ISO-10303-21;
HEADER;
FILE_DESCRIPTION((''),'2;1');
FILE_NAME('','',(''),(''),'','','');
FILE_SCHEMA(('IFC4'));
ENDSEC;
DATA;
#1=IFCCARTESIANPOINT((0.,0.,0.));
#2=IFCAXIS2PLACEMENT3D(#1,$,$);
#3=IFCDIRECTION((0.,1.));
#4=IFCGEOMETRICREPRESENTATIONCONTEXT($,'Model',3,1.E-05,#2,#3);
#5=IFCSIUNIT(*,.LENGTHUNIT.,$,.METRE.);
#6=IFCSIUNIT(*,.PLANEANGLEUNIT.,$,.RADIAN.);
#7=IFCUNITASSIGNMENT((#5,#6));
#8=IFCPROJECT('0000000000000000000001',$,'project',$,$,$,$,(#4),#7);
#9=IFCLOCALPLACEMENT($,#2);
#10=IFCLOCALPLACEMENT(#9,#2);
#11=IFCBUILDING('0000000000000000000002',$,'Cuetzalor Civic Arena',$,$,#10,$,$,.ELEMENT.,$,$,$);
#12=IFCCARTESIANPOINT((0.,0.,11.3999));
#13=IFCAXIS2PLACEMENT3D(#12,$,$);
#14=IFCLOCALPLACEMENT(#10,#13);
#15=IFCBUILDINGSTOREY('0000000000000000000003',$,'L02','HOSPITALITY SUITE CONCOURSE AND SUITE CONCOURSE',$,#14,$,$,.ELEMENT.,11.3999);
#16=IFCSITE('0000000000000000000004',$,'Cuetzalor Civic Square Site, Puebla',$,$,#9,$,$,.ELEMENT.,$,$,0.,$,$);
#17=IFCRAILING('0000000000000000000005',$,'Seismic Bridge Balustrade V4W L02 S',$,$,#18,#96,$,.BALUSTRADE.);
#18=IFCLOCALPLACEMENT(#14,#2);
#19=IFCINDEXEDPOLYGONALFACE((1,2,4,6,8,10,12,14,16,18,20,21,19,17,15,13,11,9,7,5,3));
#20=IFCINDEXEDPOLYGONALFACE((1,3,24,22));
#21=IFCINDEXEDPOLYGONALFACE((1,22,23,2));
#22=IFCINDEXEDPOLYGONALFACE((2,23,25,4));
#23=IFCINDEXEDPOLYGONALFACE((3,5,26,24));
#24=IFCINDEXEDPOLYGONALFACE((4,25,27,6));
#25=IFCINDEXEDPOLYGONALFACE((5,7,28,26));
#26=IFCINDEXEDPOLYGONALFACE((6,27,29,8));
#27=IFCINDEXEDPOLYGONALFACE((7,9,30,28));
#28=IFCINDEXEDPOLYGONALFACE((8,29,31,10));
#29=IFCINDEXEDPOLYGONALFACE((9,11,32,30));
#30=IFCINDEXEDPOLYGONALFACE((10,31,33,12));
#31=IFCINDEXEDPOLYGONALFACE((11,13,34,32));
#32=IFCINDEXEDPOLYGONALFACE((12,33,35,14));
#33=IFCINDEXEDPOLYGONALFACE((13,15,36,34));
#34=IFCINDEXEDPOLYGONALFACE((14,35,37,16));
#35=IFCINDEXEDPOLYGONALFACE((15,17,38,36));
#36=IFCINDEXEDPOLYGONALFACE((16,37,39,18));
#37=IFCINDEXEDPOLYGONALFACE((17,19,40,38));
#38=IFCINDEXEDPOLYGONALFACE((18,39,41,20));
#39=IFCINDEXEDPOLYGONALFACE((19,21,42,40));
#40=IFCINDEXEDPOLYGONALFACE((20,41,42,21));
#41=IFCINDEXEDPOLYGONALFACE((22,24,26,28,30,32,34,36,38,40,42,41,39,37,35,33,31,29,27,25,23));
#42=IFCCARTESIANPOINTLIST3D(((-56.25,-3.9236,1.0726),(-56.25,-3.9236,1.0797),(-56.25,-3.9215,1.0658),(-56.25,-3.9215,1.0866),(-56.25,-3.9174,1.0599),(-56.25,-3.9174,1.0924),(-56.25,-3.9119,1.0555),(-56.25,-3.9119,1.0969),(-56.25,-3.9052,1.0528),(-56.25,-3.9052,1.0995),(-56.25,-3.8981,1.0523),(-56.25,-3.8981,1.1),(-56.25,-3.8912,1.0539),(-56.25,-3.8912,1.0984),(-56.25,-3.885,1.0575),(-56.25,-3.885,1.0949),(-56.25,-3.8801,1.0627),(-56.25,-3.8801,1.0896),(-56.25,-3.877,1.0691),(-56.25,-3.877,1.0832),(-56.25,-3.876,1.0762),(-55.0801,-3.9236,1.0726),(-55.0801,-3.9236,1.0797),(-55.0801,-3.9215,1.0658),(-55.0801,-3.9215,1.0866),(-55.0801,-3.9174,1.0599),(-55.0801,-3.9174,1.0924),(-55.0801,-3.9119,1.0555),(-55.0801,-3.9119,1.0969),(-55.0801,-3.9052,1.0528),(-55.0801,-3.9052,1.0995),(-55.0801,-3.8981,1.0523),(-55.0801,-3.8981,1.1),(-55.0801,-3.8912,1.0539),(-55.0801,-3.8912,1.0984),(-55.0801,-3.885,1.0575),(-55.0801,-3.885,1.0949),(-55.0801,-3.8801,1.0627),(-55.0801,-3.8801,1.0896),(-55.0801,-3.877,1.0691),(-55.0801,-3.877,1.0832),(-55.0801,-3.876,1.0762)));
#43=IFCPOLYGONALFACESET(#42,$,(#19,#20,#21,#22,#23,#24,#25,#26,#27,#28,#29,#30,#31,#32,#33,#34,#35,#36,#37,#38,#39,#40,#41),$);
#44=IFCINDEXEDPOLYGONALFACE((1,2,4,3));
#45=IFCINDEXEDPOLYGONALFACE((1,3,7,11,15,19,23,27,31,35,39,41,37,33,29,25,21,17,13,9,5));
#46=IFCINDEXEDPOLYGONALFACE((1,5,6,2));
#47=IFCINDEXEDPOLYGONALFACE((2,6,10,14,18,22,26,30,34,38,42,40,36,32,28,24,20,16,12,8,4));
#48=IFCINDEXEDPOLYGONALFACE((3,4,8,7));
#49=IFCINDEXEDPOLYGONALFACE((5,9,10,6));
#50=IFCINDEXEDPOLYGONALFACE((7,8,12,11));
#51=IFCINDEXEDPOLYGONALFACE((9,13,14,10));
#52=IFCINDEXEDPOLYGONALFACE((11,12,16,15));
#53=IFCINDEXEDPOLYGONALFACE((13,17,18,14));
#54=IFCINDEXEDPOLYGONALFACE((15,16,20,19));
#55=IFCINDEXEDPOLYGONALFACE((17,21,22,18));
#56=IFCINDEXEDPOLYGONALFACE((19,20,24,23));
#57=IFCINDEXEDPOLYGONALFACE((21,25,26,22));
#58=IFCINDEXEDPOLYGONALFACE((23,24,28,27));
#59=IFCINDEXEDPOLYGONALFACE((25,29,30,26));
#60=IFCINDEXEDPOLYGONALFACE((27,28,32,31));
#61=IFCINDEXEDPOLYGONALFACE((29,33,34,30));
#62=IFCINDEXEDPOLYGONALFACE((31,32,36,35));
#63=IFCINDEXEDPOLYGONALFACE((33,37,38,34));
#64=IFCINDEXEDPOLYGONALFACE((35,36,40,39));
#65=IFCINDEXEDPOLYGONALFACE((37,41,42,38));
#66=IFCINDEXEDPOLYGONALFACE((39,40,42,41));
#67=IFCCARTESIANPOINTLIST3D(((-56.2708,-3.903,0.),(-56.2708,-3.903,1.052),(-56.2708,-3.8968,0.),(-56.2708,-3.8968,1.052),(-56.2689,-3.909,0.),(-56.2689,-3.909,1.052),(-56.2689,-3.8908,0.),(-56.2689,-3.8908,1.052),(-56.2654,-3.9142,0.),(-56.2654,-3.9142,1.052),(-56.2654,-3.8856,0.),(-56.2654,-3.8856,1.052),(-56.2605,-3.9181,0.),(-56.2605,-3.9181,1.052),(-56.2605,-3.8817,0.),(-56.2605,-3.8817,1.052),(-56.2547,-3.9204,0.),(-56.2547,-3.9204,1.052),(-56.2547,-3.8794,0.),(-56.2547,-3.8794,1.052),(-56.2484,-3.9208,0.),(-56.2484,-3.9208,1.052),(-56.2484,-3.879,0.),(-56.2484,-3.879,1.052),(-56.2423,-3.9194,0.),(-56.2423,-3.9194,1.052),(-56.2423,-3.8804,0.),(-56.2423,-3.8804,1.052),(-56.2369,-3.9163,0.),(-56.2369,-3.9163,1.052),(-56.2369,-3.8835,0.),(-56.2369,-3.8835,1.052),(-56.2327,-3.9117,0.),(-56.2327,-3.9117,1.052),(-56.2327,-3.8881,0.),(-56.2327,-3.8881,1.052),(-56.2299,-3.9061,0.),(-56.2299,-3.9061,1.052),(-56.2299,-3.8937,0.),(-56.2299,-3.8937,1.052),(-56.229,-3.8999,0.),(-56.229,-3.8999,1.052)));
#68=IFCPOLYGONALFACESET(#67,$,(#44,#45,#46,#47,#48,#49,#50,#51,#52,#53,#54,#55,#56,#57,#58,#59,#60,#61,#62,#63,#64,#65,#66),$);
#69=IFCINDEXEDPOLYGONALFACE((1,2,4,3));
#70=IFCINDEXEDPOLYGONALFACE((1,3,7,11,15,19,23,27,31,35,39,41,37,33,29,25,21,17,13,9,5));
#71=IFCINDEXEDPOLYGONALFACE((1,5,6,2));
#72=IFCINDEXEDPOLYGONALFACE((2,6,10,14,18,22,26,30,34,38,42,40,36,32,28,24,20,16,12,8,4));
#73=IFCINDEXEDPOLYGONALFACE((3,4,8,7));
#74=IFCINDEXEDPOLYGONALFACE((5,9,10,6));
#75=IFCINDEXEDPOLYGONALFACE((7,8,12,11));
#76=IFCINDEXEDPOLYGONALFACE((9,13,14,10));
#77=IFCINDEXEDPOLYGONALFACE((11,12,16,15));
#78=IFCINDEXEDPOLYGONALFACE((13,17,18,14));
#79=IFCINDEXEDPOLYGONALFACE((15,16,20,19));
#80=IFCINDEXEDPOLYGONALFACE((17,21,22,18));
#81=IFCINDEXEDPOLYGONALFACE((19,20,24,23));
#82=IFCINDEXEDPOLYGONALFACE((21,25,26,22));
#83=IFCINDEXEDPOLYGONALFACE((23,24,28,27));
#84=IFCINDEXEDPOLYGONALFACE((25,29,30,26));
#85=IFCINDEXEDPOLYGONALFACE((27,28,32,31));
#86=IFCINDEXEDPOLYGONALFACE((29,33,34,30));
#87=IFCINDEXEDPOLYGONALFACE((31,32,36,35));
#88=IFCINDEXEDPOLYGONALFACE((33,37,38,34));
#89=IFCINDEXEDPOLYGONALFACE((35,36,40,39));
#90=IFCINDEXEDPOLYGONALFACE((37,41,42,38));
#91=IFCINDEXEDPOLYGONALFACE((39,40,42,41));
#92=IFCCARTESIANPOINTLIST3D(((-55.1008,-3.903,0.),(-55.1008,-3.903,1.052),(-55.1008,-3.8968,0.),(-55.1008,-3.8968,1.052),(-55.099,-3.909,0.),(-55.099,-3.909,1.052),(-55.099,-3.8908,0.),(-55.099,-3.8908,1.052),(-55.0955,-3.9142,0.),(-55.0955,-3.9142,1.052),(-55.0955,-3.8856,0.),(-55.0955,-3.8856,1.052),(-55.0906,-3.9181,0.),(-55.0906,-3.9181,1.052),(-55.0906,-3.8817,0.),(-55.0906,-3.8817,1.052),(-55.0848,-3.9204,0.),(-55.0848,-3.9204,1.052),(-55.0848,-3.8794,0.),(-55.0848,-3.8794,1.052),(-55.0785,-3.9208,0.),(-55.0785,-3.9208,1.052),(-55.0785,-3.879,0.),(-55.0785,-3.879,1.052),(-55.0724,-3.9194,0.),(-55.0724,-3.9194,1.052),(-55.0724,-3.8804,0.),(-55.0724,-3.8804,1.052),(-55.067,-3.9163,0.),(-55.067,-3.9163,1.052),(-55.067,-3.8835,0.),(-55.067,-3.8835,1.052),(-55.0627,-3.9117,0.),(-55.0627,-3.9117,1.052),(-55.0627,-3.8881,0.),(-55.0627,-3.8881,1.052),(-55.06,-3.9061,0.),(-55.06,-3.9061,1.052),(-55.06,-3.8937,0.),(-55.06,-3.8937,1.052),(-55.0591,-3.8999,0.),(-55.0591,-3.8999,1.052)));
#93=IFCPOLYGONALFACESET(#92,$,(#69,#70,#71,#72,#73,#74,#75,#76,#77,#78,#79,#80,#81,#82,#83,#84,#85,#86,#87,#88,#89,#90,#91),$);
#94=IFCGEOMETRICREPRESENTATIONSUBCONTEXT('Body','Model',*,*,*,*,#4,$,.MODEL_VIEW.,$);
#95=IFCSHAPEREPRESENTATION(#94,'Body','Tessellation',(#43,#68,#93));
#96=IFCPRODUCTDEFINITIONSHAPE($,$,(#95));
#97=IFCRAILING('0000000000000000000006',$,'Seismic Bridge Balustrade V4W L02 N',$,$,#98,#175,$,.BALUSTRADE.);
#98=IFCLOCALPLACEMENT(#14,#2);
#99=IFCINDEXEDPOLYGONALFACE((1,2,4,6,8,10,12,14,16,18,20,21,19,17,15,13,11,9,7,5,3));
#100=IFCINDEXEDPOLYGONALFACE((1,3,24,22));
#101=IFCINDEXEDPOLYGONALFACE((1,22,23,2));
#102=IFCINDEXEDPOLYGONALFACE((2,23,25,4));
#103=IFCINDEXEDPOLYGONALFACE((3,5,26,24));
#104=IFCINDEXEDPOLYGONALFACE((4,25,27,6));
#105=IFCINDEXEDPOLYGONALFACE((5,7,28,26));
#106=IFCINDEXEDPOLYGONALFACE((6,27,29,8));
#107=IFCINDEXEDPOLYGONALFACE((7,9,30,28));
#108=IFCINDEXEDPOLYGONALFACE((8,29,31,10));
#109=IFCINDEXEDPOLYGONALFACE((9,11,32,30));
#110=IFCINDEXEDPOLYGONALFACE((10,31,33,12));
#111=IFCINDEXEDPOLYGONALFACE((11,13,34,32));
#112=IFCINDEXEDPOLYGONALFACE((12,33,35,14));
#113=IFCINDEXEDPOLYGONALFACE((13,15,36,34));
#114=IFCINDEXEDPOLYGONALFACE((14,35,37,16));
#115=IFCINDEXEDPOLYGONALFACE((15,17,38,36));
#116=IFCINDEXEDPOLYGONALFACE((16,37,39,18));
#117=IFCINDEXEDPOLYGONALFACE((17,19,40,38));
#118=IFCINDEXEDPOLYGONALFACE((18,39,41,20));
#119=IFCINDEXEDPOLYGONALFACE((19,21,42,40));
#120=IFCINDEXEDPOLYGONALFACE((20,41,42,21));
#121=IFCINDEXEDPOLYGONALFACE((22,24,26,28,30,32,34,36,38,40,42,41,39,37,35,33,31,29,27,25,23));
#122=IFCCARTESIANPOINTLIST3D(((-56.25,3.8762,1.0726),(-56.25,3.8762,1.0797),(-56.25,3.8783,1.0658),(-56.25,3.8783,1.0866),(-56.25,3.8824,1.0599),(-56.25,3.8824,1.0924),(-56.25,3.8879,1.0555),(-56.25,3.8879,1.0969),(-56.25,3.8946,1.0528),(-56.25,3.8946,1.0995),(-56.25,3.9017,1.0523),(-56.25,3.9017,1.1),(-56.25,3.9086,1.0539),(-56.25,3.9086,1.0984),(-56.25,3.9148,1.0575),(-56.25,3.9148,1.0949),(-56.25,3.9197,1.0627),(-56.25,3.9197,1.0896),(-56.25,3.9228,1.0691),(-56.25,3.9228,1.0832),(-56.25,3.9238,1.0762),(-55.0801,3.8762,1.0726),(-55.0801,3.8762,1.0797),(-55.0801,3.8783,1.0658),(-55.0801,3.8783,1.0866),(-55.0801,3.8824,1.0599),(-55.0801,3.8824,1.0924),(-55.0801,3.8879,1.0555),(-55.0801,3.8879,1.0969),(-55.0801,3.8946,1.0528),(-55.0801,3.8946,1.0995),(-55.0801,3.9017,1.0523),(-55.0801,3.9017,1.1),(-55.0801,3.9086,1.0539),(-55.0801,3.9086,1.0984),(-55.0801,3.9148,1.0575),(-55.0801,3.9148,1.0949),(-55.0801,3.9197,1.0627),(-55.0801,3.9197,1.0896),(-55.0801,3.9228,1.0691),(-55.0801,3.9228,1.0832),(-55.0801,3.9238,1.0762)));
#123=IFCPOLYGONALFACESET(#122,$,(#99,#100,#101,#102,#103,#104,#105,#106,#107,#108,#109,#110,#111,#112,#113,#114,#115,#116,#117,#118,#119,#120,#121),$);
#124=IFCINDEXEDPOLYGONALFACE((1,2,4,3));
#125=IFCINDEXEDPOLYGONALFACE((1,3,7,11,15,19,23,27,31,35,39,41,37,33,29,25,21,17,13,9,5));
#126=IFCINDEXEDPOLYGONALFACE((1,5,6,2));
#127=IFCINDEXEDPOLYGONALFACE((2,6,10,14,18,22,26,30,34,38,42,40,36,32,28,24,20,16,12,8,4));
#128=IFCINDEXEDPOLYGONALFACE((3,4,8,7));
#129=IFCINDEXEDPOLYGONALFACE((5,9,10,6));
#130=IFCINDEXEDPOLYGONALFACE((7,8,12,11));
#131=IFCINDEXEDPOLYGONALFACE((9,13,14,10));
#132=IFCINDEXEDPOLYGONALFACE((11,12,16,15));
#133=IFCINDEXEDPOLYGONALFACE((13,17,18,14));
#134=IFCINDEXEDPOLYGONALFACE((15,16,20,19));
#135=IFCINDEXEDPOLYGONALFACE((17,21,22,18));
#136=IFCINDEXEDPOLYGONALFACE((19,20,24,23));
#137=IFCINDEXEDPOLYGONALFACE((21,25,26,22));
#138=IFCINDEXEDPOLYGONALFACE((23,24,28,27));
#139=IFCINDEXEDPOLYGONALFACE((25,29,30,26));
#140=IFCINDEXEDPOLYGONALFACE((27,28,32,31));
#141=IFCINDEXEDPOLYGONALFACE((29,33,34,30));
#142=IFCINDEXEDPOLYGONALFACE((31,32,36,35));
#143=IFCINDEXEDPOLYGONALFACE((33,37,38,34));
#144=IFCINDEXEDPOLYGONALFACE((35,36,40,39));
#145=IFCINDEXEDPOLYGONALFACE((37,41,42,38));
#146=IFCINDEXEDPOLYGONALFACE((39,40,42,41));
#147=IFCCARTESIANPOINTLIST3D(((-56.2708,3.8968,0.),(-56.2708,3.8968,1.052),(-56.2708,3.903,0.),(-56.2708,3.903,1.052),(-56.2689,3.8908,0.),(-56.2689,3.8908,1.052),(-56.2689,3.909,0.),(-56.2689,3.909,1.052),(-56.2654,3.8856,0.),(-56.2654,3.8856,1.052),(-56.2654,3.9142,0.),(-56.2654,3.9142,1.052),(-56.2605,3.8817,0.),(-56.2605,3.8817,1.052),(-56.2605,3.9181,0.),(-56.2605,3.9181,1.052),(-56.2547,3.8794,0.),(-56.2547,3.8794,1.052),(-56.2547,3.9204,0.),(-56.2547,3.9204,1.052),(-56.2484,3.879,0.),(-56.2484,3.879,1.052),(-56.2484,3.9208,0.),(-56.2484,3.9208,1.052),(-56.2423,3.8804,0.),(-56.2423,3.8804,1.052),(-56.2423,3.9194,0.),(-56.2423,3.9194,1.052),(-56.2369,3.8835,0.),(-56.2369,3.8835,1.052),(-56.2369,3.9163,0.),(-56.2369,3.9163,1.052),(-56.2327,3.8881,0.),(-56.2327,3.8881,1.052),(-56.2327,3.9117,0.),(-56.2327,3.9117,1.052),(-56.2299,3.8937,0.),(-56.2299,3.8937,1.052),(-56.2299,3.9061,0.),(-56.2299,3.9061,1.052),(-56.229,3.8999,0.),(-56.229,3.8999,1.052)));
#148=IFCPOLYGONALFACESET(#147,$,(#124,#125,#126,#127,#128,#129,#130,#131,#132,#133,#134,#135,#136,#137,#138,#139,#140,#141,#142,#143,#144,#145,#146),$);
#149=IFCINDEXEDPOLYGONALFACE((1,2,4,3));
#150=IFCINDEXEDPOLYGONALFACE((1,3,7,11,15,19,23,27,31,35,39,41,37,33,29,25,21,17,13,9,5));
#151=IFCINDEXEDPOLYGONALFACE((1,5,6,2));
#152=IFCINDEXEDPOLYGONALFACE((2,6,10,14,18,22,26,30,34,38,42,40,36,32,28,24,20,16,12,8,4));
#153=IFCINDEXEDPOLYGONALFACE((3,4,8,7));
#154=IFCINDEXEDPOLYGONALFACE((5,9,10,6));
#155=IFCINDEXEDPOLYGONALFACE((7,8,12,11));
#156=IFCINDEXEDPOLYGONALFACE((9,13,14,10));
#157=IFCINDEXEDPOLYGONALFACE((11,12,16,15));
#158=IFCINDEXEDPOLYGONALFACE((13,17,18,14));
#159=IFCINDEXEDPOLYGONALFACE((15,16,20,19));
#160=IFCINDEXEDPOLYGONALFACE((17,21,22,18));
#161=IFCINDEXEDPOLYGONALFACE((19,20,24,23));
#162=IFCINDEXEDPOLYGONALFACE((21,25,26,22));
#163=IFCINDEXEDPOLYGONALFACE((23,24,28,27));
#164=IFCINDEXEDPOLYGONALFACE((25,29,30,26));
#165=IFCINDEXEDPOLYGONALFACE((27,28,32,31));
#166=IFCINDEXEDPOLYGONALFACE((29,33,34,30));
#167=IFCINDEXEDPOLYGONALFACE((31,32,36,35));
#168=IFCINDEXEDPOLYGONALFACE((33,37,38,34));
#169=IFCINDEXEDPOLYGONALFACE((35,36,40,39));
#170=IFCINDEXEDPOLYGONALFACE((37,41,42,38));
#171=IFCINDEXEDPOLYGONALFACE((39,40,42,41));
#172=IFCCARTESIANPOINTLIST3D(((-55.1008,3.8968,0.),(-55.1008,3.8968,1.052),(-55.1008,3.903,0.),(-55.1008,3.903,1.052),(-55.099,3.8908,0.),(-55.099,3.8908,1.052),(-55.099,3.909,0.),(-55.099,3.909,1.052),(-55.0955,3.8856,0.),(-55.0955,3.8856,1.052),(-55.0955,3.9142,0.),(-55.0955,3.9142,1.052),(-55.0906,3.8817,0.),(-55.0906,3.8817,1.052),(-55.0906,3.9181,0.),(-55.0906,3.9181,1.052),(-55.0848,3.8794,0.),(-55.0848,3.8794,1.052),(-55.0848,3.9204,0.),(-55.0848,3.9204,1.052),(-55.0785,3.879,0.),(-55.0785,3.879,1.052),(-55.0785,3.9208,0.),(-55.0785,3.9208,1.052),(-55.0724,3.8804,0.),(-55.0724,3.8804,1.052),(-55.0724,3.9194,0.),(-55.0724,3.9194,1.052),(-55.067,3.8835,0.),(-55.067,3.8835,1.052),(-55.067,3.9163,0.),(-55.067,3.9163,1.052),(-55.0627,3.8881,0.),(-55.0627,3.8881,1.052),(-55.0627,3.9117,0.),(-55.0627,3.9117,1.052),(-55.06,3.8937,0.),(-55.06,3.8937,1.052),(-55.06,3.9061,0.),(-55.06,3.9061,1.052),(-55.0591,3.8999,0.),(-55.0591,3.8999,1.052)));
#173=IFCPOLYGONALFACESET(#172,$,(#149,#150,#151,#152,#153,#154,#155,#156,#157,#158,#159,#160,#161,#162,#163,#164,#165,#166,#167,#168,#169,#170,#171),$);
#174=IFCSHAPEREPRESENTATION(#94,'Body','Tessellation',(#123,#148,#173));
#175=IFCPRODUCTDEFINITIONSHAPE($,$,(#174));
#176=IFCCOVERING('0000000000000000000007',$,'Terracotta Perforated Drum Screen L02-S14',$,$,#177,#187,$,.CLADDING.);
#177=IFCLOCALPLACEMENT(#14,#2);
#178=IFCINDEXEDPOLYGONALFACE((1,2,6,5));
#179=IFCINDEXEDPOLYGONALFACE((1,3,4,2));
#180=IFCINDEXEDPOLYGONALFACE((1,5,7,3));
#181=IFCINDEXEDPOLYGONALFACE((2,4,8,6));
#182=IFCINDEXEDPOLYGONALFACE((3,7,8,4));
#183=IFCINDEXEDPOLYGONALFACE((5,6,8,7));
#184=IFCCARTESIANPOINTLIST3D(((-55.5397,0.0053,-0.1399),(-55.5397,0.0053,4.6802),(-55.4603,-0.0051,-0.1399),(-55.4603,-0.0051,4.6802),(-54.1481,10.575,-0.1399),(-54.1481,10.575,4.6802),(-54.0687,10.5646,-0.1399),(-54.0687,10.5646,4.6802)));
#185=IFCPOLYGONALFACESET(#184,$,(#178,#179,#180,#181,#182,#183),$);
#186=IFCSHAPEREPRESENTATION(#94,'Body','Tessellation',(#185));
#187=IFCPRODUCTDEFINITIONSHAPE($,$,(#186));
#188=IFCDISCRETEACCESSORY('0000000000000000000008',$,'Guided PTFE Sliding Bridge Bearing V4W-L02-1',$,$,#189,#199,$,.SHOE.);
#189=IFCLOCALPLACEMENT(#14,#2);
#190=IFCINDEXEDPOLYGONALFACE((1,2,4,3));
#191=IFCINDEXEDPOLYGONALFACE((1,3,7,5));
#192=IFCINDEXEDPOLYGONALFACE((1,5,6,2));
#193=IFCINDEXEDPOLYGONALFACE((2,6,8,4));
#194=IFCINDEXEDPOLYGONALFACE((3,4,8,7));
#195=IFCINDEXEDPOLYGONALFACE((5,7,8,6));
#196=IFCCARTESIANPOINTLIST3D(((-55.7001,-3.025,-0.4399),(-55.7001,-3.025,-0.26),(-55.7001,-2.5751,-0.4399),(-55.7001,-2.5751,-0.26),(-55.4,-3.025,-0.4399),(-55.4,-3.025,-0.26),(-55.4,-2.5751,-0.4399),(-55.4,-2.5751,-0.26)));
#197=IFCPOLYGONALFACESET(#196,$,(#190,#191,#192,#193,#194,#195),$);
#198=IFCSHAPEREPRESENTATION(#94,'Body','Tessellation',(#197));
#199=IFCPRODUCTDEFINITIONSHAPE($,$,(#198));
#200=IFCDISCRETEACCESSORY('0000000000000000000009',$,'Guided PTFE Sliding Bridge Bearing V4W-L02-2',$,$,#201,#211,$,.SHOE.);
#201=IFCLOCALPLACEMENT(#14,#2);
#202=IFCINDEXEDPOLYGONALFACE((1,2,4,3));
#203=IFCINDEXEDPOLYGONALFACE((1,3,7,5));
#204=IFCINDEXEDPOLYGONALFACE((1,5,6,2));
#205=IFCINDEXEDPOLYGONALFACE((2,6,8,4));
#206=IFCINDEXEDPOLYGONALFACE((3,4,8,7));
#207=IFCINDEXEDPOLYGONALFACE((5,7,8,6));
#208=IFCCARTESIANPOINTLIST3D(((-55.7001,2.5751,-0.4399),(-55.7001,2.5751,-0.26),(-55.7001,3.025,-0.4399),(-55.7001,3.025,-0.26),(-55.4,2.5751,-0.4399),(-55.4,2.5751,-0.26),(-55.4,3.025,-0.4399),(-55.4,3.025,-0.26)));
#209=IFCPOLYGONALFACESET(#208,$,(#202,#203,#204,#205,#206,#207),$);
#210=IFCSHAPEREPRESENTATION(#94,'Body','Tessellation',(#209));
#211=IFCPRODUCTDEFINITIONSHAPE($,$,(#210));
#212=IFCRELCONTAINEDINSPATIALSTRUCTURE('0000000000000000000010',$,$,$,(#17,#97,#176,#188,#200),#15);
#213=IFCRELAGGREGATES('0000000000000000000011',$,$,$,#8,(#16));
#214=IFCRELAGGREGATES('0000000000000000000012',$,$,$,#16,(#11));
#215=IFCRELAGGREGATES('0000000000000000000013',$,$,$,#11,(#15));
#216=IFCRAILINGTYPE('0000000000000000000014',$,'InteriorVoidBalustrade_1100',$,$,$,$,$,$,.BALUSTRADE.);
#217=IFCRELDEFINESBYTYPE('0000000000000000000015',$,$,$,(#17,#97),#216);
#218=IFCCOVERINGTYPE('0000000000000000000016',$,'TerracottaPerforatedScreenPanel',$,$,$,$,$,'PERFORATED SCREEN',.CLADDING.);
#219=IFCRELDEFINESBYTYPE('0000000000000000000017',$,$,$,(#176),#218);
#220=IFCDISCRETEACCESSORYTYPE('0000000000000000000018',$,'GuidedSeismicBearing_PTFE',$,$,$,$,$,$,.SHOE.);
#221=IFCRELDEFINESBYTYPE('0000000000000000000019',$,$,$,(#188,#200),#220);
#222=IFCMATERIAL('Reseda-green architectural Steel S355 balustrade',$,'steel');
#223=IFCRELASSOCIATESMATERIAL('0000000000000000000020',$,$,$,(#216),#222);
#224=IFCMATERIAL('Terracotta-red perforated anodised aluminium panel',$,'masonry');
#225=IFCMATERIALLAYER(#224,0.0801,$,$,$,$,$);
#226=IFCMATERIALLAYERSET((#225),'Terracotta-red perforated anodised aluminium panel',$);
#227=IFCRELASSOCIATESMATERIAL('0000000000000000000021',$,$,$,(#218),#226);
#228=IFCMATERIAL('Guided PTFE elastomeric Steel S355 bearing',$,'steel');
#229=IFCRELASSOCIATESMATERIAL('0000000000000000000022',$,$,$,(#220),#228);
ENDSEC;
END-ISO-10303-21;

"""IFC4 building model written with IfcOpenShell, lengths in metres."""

from ifc_helpers import new_model, si_unit, direction, frame, frame_2d, origin, origin_2d, place, context, subcontext, project, spatial, rectangle, circle, extrude, material, layer, layer_set, type_object, element, save


model = new_model("IFC4")

# Units and contexts
model_context = context("Model", 3, precision=1e-05, world=origin(), true_north=direction((0.0, 1.0)))
body_context = subcontext(model_context, "Body", "Model", "MODEL_VIEW")
ifc_project = project(units=[si_unit("LENGTHUNIT", "METRE"), si_unit("PLANEANGLEUNIT", "RADIAN")], contexts=[model_context])

# Site, building, storey
site_placement = place(None, origin())
site = spatial("IfcSite", under=ifc_project, at=site_placement, Name="Cuetzalor Civic Square Site, Puebla", CompositionType="ELEMENT", RefElevation=0.0)
building_placement = place(site_placement, origin())
building = spatial("IfcBuilding", under=site, at=building_placement, Name="Cuetzalor Civic Arena", CompositionType="ELEMENT")
storey_placement = place(building_placement, frame((0.0, 0.0, 11.3999)))
storey = spatial("IfcBuildingStorey", under=building, at=storey_placement, Name="L02", Description="HOSPITALITY SUITE CONCOURSE AND SUITE CONCOURSE", CompositionType="ELEMENT", Elevation=11.3999)

# Railings
ifc_material_1 = material(Name="Reseda-green architectural Steel S355 balustrade", Category="steel")
railing_type = type_object("IfcRailingType", Name="InteriorVoidBalustrade_1100", PredefinedType="BALUSTRADE", material=ifc_material_1)
for number, where, name in (
    (1, (-56.25, -3.8999, 0.0), "Seismic Bridge Balustrade V4W L02 S"),
    (2, (-56.25, 3.8999, 0.0), "Seismic Bridge Balustrade V4W L02 N"),
):
    element("IfcRailing", number, at=place(storey_placement, frame(where)), inside=storey, type_object=railing_type, Name=name, PredefinedType="BALUSTRADE", context=body_context, shape_type="SweptSolid", body=[
        extrude(circle(Radius=0.0239, at=origin_2d()), frame((0.0, 0.0, 1.0762), z_axis=(1.0, 0.0, 0.0), x_axis=(0.0, 1.0, 0.0)), (0.0, 0.0, 1.0), 1.1699),
        extrude(circle(Radius=0.021, at=origin_2d()), origin(), (0.0, 0.0, 1.0), 1.052),
        extrude(circle(Radius=0.021, at=origin_2d()), frame((1.1699, 0.0, 0.0)), (0.0, 0.0, 1.0), 1.052),
    ])

# Covering
ifc_material_2 = material(Name="Terracotta-red perforated anodised aluminium panel", Category="masonry")
ifc_layer_1 = layer(ifc_material_2, 0.0801)
ifc_layer_set_1 = layer_set([ifc_layer_1], Name="Terracotta-red perforated anodised aluminium panel")
covering_type = type_object("IfcCoveringType", Name="TerracottaPerforatedScreenPanel", ElementType="PERFORATED SCREEN", PredefinedType="CLADDING", material=ifc_layer_set_1)
covering_placement = place(storey_placement, frame((-55.5, 0.0, -0.1399), z_axis=(0.0, 0.0, 1.0), x_axis=(0.130534, 0.991444, 0.0)))
element("IfcCovering", 3, at=covering_placement, inside=storey, type_object=covering_type, Name="Terracotta Perforated Drum Screen L02-S14", PredefinedType="CLADDING", context=body_context, shape_type="SweptSolid", body=[
    extrude(rectangle(XDim=10.6609, YDim=0.0801, at=frame_2d((5.3306, 0.0))), origin(), (0.0, 0.0, 1.0), 4.8201),
])

# Discrete accessories
ifc_material_3 = material(Name="Guided PTFE elastomeric Steel S355 bearing", Category="steel")
discrete_accessory_type_1 = type_object("IfcDiscreteAccessoryType", Name="GuidedSeismicBearing_PTFE", PredefinedType="SHOE", material=ifc_material_3)
for number, where, z_axis, x_axis, name in (
    (4, (-55.55, -2.8, -0.4399), (0.0, 0.0, 1.0), (1.0, 0.0, 0.0), "Guided PTFE Sliding Bridge Bearing V4W-L02-1"),
    (5, (-55.55, 2.8, -0.4399), (0.0, 0.0, 1.0), (1.0, 0.0, 0.0), "Guided PTFE Sliding Bridge Bearing V4W-L02-2"),
):
    element("IfcDiscreteAccessory", number, at=place(storey_placement, frame(where, z_axis=z_axis, x_axis=x_axis)), inside=storey, type_object=discrete_accessory_type_1, Name=name, PredefinedType="SHOE", context=body_context, shape_type="SweptSolid", body=[
        extrude(rectangle(XDim=0.3, YDim=0.45, at=origin_2d()), origin(), (0.0, 0.0, 1.0), 0.1799),
    ])

save(model, "model.ifc")
